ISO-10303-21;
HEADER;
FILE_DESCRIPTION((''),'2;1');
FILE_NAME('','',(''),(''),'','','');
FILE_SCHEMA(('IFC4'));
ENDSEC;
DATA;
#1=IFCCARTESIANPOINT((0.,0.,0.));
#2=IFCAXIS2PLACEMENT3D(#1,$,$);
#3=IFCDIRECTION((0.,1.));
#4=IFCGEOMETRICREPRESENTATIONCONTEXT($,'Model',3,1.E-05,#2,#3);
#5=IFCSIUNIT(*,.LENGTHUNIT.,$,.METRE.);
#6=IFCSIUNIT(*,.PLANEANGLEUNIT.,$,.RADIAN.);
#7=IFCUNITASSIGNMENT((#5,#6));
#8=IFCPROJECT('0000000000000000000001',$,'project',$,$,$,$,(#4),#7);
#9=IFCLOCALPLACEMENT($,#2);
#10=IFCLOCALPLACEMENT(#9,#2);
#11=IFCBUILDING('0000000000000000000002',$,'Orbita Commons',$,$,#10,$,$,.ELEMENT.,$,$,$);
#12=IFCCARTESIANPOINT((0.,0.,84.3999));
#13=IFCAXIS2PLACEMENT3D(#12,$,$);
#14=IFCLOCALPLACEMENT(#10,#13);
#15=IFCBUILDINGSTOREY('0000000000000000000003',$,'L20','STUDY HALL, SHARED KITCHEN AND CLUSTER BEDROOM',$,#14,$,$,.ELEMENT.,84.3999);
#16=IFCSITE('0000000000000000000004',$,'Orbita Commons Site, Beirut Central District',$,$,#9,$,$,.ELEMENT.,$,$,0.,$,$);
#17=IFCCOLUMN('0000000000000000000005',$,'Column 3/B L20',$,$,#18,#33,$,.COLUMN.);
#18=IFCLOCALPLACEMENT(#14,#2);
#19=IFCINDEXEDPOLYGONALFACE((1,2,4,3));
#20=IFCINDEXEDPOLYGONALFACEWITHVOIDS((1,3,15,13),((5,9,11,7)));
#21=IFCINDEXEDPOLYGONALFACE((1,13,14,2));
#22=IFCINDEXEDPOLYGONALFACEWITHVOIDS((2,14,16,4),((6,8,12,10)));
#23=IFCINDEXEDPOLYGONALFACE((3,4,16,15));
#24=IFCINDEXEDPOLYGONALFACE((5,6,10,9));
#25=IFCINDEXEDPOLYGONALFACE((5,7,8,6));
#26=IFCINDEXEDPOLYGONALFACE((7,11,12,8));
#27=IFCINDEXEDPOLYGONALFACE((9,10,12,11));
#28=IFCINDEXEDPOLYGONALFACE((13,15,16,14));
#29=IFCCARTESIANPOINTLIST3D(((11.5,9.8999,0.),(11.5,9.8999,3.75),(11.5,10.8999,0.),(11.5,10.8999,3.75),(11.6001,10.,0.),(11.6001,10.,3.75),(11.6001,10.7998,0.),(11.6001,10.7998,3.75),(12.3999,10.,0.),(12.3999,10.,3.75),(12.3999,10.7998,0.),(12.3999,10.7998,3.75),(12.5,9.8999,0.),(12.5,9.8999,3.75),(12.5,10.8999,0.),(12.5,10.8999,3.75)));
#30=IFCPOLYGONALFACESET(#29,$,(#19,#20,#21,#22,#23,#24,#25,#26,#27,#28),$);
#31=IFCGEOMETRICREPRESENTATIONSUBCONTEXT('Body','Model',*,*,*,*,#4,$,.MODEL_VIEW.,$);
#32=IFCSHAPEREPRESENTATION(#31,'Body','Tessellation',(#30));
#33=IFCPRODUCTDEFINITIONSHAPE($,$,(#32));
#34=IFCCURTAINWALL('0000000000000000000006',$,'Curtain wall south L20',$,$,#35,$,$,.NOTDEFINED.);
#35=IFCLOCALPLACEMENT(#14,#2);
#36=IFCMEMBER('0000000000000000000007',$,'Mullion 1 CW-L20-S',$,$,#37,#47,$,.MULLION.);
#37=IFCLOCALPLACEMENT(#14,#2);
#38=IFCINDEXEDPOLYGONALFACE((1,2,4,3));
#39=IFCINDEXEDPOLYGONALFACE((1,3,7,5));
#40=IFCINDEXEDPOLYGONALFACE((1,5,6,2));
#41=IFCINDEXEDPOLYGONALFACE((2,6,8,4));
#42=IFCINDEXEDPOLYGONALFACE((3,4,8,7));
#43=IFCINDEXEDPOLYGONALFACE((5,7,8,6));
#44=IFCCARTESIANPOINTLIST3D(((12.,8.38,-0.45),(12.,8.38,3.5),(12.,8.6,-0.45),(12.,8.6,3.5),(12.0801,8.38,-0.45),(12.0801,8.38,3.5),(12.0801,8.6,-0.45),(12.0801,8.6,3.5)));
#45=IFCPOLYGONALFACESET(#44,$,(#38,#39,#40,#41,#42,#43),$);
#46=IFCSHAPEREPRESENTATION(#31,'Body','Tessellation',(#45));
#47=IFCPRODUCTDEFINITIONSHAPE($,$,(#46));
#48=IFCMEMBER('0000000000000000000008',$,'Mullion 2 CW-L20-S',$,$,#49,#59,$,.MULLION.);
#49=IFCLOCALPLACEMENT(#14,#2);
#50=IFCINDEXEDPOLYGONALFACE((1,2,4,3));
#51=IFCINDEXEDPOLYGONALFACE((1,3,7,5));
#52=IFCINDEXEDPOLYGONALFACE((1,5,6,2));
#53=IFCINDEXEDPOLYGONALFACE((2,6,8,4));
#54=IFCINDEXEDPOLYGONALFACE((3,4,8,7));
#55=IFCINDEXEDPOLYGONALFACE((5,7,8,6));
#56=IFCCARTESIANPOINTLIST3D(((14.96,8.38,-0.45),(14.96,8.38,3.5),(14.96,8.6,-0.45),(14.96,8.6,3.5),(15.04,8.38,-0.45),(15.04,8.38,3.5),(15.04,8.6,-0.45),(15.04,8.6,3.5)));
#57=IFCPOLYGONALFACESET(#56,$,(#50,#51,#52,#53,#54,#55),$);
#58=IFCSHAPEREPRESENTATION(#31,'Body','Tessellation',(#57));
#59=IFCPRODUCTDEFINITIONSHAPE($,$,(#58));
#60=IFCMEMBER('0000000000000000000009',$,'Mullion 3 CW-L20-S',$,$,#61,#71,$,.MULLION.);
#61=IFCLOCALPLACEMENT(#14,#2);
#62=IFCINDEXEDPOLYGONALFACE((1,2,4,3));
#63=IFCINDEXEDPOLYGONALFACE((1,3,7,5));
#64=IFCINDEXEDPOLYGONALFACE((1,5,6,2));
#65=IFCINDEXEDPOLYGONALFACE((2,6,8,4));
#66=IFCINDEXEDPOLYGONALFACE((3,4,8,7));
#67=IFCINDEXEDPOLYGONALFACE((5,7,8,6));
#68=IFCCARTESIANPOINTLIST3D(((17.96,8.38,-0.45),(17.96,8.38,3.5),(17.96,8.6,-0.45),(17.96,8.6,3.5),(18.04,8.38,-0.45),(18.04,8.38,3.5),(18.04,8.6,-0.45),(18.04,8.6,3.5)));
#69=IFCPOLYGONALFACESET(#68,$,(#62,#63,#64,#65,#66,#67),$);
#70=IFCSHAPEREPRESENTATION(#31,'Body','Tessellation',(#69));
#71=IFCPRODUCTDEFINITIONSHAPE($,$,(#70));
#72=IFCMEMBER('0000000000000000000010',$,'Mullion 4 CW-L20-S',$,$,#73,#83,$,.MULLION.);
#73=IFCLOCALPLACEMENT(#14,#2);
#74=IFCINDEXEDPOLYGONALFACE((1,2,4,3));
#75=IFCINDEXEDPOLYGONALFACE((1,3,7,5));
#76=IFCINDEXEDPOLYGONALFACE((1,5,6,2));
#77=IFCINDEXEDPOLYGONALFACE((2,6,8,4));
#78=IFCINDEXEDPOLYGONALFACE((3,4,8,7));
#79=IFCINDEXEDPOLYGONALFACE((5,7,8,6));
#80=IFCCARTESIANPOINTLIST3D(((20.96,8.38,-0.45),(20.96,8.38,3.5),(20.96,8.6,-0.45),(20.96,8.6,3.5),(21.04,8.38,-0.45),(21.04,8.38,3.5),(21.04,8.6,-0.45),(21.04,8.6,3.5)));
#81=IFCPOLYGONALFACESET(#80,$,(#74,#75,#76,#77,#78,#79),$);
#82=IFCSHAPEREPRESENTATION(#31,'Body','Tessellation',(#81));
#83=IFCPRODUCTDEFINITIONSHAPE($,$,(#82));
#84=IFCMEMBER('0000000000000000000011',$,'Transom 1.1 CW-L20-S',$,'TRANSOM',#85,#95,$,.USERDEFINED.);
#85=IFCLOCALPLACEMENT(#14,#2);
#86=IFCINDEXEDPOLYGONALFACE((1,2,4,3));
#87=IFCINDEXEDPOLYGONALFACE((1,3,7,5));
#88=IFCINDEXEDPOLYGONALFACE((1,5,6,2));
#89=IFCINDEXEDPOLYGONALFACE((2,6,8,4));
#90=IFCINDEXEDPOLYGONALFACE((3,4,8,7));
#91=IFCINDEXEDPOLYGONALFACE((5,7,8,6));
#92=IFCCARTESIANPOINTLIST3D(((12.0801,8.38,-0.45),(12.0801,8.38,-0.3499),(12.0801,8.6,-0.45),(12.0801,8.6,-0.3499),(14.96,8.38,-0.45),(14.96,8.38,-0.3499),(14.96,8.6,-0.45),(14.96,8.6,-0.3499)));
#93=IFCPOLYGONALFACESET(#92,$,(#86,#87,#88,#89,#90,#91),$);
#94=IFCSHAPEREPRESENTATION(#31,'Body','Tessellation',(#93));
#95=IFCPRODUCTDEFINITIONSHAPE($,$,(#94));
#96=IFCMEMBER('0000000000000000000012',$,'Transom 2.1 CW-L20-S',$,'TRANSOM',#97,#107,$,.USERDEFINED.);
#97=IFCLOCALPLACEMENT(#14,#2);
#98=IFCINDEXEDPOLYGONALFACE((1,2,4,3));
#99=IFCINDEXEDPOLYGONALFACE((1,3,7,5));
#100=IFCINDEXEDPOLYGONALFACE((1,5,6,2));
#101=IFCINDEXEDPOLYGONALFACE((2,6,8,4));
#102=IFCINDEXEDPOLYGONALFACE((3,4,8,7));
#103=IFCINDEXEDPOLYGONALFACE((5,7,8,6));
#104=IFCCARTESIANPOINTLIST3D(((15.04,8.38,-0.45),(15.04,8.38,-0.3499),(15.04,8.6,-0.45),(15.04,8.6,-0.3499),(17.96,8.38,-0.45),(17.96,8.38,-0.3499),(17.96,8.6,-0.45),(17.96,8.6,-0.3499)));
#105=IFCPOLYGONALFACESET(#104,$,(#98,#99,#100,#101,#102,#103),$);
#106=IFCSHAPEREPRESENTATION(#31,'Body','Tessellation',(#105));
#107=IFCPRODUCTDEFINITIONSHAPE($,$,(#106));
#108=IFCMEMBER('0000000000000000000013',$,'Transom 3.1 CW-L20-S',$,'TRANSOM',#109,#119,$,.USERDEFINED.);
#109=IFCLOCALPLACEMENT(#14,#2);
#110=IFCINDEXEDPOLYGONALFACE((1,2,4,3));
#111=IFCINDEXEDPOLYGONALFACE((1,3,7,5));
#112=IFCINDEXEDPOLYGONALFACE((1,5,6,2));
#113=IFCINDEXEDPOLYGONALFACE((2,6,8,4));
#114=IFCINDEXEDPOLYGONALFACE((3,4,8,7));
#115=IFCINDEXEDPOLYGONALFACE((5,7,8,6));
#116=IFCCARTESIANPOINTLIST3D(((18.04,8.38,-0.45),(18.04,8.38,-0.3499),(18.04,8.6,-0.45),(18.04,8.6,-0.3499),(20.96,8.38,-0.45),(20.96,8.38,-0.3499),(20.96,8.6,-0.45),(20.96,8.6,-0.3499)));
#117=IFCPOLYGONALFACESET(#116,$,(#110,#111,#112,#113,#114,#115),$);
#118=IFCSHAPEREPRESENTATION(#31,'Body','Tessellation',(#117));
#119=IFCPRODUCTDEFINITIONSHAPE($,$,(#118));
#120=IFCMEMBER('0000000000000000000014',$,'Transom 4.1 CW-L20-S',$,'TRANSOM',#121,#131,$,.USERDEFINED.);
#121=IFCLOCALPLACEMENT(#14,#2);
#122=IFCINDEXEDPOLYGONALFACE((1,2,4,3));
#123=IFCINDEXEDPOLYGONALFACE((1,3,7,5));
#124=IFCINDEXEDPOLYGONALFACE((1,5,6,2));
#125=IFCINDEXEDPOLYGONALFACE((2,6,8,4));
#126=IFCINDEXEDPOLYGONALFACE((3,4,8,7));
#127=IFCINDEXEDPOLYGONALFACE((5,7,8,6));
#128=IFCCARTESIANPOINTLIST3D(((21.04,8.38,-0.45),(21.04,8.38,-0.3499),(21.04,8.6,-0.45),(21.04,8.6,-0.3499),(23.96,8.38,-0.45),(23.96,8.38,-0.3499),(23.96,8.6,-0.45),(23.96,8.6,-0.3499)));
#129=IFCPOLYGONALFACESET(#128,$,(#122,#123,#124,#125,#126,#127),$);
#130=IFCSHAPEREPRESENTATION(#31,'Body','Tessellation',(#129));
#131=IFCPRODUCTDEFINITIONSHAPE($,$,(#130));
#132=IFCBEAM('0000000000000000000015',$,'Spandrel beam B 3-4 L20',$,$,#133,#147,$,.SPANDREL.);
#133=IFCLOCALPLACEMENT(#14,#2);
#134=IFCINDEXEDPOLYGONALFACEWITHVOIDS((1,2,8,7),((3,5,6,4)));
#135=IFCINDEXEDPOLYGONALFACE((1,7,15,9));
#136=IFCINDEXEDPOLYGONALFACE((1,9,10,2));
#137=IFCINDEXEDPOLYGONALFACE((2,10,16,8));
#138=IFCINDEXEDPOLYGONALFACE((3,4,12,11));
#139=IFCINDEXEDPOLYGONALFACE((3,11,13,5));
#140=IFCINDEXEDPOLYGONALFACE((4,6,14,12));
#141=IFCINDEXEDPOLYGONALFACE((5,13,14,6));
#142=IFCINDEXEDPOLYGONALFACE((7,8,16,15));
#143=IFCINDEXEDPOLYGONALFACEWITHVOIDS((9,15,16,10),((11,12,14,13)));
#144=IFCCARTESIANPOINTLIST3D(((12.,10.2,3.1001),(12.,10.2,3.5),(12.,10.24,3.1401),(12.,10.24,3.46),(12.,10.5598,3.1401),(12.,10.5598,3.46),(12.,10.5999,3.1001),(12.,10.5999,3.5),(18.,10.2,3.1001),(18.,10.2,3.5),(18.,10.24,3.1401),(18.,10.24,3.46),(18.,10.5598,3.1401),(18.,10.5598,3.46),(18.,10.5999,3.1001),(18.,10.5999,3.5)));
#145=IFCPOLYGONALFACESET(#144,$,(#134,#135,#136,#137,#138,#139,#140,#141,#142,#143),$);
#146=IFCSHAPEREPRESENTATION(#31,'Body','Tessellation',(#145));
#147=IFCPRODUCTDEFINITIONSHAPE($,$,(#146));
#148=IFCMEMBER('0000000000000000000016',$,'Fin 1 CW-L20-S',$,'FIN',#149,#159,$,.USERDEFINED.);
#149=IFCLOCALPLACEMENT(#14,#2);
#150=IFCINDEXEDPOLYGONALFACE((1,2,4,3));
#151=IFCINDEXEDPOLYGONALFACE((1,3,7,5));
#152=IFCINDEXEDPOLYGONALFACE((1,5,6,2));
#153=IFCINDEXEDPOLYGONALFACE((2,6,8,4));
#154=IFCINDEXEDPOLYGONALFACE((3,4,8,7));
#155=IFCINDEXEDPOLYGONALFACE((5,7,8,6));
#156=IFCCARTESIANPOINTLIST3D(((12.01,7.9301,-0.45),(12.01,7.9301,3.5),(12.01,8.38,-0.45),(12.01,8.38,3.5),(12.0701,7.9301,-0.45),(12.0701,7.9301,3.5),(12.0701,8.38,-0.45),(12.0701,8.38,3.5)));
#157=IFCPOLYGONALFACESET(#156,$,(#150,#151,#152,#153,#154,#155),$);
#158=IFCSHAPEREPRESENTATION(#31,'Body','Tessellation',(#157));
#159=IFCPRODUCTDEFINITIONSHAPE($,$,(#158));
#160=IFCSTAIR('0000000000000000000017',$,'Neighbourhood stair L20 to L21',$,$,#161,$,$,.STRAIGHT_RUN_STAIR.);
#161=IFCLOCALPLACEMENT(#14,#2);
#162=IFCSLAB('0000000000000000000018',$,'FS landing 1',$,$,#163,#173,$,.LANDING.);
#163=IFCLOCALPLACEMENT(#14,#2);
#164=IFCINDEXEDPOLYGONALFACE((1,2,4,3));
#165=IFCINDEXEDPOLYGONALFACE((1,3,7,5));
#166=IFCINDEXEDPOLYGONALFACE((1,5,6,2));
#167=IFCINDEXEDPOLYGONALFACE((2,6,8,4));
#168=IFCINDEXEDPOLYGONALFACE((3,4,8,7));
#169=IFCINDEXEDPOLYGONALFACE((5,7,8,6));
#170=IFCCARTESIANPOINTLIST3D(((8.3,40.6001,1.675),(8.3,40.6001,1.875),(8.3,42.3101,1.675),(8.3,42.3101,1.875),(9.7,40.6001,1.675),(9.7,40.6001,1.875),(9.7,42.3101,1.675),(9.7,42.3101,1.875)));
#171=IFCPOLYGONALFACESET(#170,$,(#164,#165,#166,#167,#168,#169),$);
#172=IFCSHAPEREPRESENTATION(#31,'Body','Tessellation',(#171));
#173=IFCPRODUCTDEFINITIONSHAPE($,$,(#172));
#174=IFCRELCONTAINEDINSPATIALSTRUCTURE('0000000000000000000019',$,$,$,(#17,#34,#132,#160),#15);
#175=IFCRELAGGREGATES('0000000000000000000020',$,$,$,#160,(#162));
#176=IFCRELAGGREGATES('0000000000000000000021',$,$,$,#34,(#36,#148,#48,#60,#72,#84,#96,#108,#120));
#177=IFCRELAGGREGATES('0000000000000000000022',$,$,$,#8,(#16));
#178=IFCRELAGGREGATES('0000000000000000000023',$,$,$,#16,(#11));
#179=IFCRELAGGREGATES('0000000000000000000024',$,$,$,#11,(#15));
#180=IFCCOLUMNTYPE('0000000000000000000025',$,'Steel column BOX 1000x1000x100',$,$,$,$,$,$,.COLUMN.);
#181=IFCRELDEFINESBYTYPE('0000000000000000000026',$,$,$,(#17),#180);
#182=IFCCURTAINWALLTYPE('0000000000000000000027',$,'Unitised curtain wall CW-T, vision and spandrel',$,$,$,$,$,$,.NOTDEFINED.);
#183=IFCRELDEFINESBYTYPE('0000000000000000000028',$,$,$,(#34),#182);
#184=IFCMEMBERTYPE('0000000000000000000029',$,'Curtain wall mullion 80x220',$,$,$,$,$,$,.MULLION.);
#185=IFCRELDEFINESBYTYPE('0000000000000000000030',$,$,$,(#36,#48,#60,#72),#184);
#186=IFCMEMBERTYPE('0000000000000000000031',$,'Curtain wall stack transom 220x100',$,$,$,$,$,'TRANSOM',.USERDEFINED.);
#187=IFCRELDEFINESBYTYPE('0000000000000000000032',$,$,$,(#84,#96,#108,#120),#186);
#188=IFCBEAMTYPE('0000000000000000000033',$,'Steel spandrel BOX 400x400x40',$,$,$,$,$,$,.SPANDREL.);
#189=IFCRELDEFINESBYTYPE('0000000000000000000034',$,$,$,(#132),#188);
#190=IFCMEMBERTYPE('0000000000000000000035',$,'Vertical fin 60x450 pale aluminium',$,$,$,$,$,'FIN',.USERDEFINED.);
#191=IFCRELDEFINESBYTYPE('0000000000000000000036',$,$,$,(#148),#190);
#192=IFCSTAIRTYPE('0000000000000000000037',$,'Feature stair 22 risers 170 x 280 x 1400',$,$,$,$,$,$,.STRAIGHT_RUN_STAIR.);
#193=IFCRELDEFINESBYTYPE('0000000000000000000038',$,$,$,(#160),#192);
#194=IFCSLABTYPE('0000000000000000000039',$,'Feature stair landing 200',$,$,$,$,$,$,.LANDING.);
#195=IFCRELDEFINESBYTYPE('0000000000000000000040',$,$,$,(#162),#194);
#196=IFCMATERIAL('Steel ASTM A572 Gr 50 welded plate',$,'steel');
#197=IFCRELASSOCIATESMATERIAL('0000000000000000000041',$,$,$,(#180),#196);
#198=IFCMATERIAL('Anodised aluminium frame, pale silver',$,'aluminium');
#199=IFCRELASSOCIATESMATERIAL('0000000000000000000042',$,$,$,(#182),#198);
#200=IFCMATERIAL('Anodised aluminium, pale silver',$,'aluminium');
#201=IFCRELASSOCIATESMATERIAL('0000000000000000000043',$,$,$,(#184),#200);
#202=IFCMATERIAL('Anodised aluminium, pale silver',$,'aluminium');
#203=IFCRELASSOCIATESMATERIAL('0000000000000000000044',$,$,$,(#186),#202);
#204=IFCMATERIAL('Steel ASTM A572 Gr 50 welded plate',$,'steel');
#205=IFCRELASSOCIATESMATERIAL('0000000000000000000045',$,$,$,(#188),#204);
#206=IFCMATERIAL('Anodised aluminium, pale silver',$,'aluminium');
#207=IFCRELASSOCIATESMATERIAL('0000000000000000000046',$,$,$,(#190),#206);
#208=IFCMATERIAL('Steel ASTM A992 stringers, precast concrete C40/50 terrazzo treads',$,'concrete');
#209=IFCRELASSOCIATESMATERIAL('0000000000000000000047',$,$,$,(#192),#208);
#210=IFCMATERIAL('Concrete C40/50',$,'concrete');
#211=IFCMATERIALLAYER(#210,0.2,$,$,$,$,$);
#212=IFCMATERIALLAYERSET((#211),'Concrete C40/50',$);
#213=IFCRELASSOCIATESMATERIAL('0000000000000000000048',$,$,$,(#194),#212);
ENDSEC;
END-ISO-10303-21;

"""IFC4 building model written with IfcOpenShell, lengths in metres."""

from ifc_helpers import new_model, si_unit, direction, frame, origin, origin_2d, place, context, subcontext, project, spatial, polyline, rectangle, hollow_rectangle, outline, extrude, material, layer, layer_set, material_profile, profile_set, type_object, element, aggregate, save


model = new_model("IFC4")

# Units and contexts
model_context = context("Model", 3, precision=1e-05, world=origin(), true_north=direction((0.0, 1.0)))
body_context = subcontext(model_context, "Body", "Model", "MODEL_VIEW")
ifc_project = project(units=[si_unit("LENGTHUNIT", "METRE"), si_unit("PLANEANGLEUNIT", "RADIAN")], contexts=[model_context])

# Site, building, storey
site_placement = place(None, origin())
site = spatial("IfcSite", under=ifc_project, at=site_placement, Name="Orbita Commons Site, Beirut Central District", CompositionType="ELEMENT", RefElevation=0.0)
building_placement = place(site_placement, origin())
building = spatial("IfcBuilding", under=site, at=building_placement, Name="Orbita Commons", CompositionType="ELEMENT")
storey_placement = place(building_placement, frame((0.0, 0.0, 84.3999)))
storey = spatial("IfcBuildingStorey", under=building, at=storey_placement, Name="L20", Description="STUDY HALL, SHARED KITCHEN AND CLUSTER BEDROOM", CompositionType="ELEMENT", Elevation=84.3999)

# Column
ifc_material_1 = material(Name="Steel ASTM A572 Gr 50 welded plate", Category="steel")
ifc_material_profile_1 = material_profile(ifc_material_1, hollow_rectangle(XDim=1.0, YDim=1.0, WallThickness=0.1001, at=origin_2d()), Name="BOX 1000x1000x100")
ifc_profile_set_1 = profile_set([ifc_material_profile_1], Name="Steel ASTM A572 Gr 50 welded plate")
column_type = type_object("IfcColumnType", Name="Steel column BOX 1000x1000x100", PredefinedType="COLUMN", material=ifc_profile_set_1)
column_placement = place(storey_placement, frame((12.0, 10.3999, 0.0), z_axis=(0.0, 0.0, 1.0), x_axis=(1.0, 0.0, 0.0)))
element("IfcColumn", 1, at=column_placement, inside=storey, type_object=column_type, Name="Column 3/B L20", PredefinedType="COLUMN", context=body_context, shape_type="SweptSolid", body=[
    extrude(hollow_rectangle(XDim=1.0, YDim=1.0, WallThickness=0.1001, at=origin_2d()), origin(), (0.0, 0.0, 1.0), 3.75),
])

# Curtain wall, members
ifc_material_2 = material(Name="Anodised aluminium frame, pale silver", Category="aluminium")
curtain_wall_type = type_object("IfcCurtainWallType", Name="Unitised curtain wall CW-T, vision and spandrel", PredefinedType="NOTDEFINED", material=ifc_material_2)
curtain_wall_placement = place(storey_placement, origin())
curtain_wall = element("IfcCurtainWall", 2, at=curtain_wall_placement, inside=storey, type_object=curtain_wall_type, Name="Curtain wall south L20", PredefinedType="NOTDEFINED")
ifc_material_3 = material(Name="Anodised aluminium, pale silver", Category="aluminium")
ifc_material_profile_2 = material_profile(ifc_material_3, rectangle(XDim=0.0801, YDim=0.22, at=origin_2d()), Name="AL 80x220")
ifc_profile_set_2 = profile_set([ifc_material_profile_2], Name="Anodised aluminium, pale silver")
member_type_1 = type_object("IfcMemberType", Name="Curtain wall mullion 80x220", PredefinedType="MULLION", material=ifc_profile_set_2)
member_1_placement = place(storey_placement, frame((12.04, 8.49, -0.45), z_axis=(0.0, 0.0, 1.0), x_axis=(1.0, 0.0, 0.0)))
member_1 = element("IfcMember", 3, at=member_1_placement, type_object=member_type_1, Name="Mullion 1 CW-L20-S", PredefinedType="MULLION", context=body_context, shape_type="SweptSolid", body=[
    extrude(rectangle(XDim=0.0801, YDim=0.22, at=origin_2d()), origin(), (0.0, 0.0, 1.0), 3.95),
])
member_2_placement = place(storey_placement, frame((15.0, 8.49, -0.45), z_axis=(0.0, 0.0, 1.0), x_axis=(1.0, 0.0, 0.0)))
member_2 = element("IfcMember", 4, at=member_2_placement, type_object=member_type_1, Name="Mullion 2 CW-L20-S", PredefinedType="MULLION", context=body_context, shape_type="SweptSolid", body=[
    extrude(rectangle(XDim=0.0801, YDim=0.22, at=origin_2d()), origin(), (0.0, 0.0, 1.0), 3.95),
])
member_3_placement = place(storey_placement, frame((18.0, 8.49, -0.45), z_axis=(0.0, 0.0, 1.0), x_axis=(1.0, 0.0, 0.0)))
member_3 = element("IfcMember", 5, at=member_3_placement, type_object=member_type_1, Name="Mullion 3 CW-L20-S", PredefinedType="MULLION", context=body_context, shape_type="SweptSolid", body=[
    extrude(rectangle(XDim=0.0801, YDim=0.22, at=origin_2d()), origin(), (0.0, 0.0, 1.0), 3.95),
])
member_4_placement = place(storey_placement, frame((21.0, 8.49, -0.45), z_axis=(0.0, 0.0, 1.0), x_axis=(1.0, 0.0, 0.0)))
member_4 = element("IfcMember", 6, at=member_4_placement, type_object=member_type_1, Name="Mullion 4 CW-L20-S", PredefinedType="MULLION", context=body_context, shape_type="SweptSolid", body=[
    extrude(rectangle(XDim=0.0801, YDim=0.22, at=origin_2d()), origin(), (0.0, 0.0, 1.0), 3.95),
])
ifc_material_4 = material(Name="Anodised aluminium, pale silver", Category="aluminium")
ifc_material_profile_3 = material_profile(ifc_material_4, rectangle(XDim=0.22, YDim=0.1001, at=origin_2d()), Name="AL 220x100")
ifc_profile_set_3 = profile_set([ifc_material_profile_3], Name="Anodised aluminium, pale silver")
member_type_2 = type_object("IfcMemberType", Name="Curtain wall stack transom 220x100", ElementType="TRANSOM", PredefinedType="USERDEFINED", material=ifc_profile_set_3)
member_5_placement = place(storey_placement, frame((12.0801, 8.49, -0.3999), z_axis=(1.0, 0.0, 0.0), x_axis=(0.0, 1.0, 0.0)))
member_5 = element("IfcMember", 7, at=member_5_placement, type_object=member_type_2, Name="Transom 1.1 CW-L20-S", ObjectType="TRANSOM", PredefinedType="USERDEFINED", context=body_context, shape_type="SweptSolid", body=[
    extrude(rectangle(XDim=0.22, YDim=0.1001, at=origin_2d()), origin(), (0.0, 0.0, 1.0), 2.8799),
])
member_6_placement = place(storey_placement, frame((15.04, 8.49, -0.3999), z_axis=(1.0, 0.0, 0.0), x_axis=(0.0, 1.0, 0.0)))
member_6 = element("IfcMember", 8, at=member_6_placement, type_object=member_type_2, Name="Transom 2.1 CW-L20-S", ObjectType="TRANSOM", PredefinedType="USERDEFINED", context=body_context, shape_type="SweptSolid", body=[
    extrude(rectangle(XDim=0.22, YDim=0.1001, at=origin_2d()), origin(), (0.0, 0.0, 1.0), 2.9199),
])
member_7_placement = place(storey_placement, frame((18.04, 8.49, -0.3999), z_axis=(1.0, 0.0, 0.0), x_axis=(0.0, 1.0, 0.0)))
member_7 = element("IfcMember", 9, at=member_7_placement, type_object=member_type_2, Name="Transom 3.1 CW-L20-S", ObjectType="TRANSOM", PredefinedType="USERDEFINED", context=body_context, shape_type="SweptSolid", body=[
    extrude(rectangle(XDim=0.22, YDim=0.1001, at=origin_2d()), origin(), (0.0, 0.0, 1.0), 2.9199),
])
member_8_placement = place(storey_placement, frame((21.04, 8.49, -0.3999), z_axis=(1.0, 0.0, 0.0), x_axis=(0.0, 1.0, 0.0)))
member_8 = element("IfcMember", 10, at=member_8_placement, type_object=member_type_2, Name="Transom 4.1 CW-L20-S", ObjectType="TRANSOM", PredefinedType="USERDEFINED", context=body_context, shape_type="SweptSolid", body=[
    extrude(rectangle(XDim=0.22, YDim=0.1001, at=origin_2d()), origin(), (0.0, 0.0, 1.0), 2.9199),
])

# Beam
ifc_material_5 = material(Name="Steel ASTM A572 Gr 50 welded plate", Category="steel")
ifc_material_profile_4 = material_profile(ifc_material_5, hollow_rectangle(XDim=0.3999, YDim=0.3999, WallThickness=0.04, at=origin_2d()), Name="BOX 400x400x40")
ifc_profile_set_4 = profile_set([ifc_material_profile_4], Name="Steel ASTM A572 Gr 50 welded plate")
beam_type = type_object("IfcBeamType", Name="Steel spandrel BOX 400x400x40", PredefinedType="SPANDREL", material=ifc_profile_set_4)
beam_placement = place(storey_placement, frame((12.0, 10.3999, 3.3), z_axis=(1.0, 0.0, 0.0), x_axis=(0.0, 1.0, 0.0)))
element("IfcBeam", 11, at=beam_placement, inside=storey, type_object=beam_type, Name="Spandrel beam B 3-4 L20", PredefinedType="SPANDREL", context=body_context, shape_type="SweptSolid", body=[
    extrude(hollow_rectangle(XDim=0.3999, YDim=0.3999, WallThickness=0.04, at=origin_2d()), origin(), (0.0, 0.0, 1.0), 6.0),
])

# Member
ifc_material_6 = material(Name="Anodised aluminium, pale silver", Category="aluminium")
ifc_material_profile_5 = material_profile(ifc_material_6, rectangle(XDim=0.0601, YDim=0.45, at=origin_2d()), Name="FIN 60x450")
ifc_profile_set_5 = profile_set([ifc_material_profile_5], Name="Anodised aluminium, pale silver")
member_type_3 = type_object("IfcMemberType", Name="Vertical fin 60x450 pale aluminium", ElementType="FIN", PredefinedType="USERDEFINED", material=ifc_profile_set_5)
member_9_placement = place(storey_placement, frame((12.04, 8.155, -0.45), z_axis=(0.0, 0.0, 1.0), x_axis=(1.0, 0.0, 0.0)))
member_9 = element("IfcMember", 12, at=member_9_placement, type_object=member_type_3, Name="Fin 1 CW-L20-S", ObjectType="FIN", PredefinedType="USERDEFINED", context=body_context, shape_type="SweptSolid", body=[
    extrude(rectangle(XDim=0.0601, YDim=0.45, at=origin_2d()), origin(), (0.0, 0.0, 1.0), 3.95),
])

# Stair, slab
ifc_material_7 = material(Name="Steel ASTM A992 stringers, precast concrete C40/50 terrazzo treads", Category="concrete")
stair_type_1 = type_object("IfcStairType", Name="Feature stair 22 risers 170 x 280 x 1400", PredefinedType="STRAIGHT_RUN_STAIR", material=ifc_material_7)
stair_1_placement = place(storey_placement, origin())
stair_1 = element("IfcStair", 13, at=stair_1_placement, inside=storey, type_object=stair_type_1, Name="Neighbourhood stair L20 to L21", PredefinedType="STRAIGHT_RUN_STAIR")
ifc_material_8 = material(Name="Concrete C40/50", Category="concrete")
ifc_layer_1 = layer(ifc_material_8, 0.2)
ifc_layer_set_1 = layer_set([ifc_layer_1], Name="Concrete C40/50")
slab_type_1 = type_object("IfcSlabType", Name="Feature stair landing 200", PredefinedType="LANDING", material=ifc_layer_set_1)
slab_1_placement = place(storey_placement, frame((0.0, 0.0, 1.675)))
slab_1 = element("IfcSlab", 14, at=slab_1_placement, type_object=slab_type_1, Name="FS landing 1", PredefinedType="LANDING", context=body_context, shape_type="SweptSolid", body=[
    extrude(outline(polyline([(8.3, 40.6001), (9.7, 40.6001), (9.7, 42.3101), (8.3, 42.3101), (8.3, 40.6001)])), origin(), (0.0, 0.0, 1.0), 0.2),
])
aggregate(stair_1, [slab_1])

aggregate(curtain_wall, [member_1, member_9, member_2, member_3, member_4, member_5, member_6, member_7, member_8])

save(model, "model.ifc")
